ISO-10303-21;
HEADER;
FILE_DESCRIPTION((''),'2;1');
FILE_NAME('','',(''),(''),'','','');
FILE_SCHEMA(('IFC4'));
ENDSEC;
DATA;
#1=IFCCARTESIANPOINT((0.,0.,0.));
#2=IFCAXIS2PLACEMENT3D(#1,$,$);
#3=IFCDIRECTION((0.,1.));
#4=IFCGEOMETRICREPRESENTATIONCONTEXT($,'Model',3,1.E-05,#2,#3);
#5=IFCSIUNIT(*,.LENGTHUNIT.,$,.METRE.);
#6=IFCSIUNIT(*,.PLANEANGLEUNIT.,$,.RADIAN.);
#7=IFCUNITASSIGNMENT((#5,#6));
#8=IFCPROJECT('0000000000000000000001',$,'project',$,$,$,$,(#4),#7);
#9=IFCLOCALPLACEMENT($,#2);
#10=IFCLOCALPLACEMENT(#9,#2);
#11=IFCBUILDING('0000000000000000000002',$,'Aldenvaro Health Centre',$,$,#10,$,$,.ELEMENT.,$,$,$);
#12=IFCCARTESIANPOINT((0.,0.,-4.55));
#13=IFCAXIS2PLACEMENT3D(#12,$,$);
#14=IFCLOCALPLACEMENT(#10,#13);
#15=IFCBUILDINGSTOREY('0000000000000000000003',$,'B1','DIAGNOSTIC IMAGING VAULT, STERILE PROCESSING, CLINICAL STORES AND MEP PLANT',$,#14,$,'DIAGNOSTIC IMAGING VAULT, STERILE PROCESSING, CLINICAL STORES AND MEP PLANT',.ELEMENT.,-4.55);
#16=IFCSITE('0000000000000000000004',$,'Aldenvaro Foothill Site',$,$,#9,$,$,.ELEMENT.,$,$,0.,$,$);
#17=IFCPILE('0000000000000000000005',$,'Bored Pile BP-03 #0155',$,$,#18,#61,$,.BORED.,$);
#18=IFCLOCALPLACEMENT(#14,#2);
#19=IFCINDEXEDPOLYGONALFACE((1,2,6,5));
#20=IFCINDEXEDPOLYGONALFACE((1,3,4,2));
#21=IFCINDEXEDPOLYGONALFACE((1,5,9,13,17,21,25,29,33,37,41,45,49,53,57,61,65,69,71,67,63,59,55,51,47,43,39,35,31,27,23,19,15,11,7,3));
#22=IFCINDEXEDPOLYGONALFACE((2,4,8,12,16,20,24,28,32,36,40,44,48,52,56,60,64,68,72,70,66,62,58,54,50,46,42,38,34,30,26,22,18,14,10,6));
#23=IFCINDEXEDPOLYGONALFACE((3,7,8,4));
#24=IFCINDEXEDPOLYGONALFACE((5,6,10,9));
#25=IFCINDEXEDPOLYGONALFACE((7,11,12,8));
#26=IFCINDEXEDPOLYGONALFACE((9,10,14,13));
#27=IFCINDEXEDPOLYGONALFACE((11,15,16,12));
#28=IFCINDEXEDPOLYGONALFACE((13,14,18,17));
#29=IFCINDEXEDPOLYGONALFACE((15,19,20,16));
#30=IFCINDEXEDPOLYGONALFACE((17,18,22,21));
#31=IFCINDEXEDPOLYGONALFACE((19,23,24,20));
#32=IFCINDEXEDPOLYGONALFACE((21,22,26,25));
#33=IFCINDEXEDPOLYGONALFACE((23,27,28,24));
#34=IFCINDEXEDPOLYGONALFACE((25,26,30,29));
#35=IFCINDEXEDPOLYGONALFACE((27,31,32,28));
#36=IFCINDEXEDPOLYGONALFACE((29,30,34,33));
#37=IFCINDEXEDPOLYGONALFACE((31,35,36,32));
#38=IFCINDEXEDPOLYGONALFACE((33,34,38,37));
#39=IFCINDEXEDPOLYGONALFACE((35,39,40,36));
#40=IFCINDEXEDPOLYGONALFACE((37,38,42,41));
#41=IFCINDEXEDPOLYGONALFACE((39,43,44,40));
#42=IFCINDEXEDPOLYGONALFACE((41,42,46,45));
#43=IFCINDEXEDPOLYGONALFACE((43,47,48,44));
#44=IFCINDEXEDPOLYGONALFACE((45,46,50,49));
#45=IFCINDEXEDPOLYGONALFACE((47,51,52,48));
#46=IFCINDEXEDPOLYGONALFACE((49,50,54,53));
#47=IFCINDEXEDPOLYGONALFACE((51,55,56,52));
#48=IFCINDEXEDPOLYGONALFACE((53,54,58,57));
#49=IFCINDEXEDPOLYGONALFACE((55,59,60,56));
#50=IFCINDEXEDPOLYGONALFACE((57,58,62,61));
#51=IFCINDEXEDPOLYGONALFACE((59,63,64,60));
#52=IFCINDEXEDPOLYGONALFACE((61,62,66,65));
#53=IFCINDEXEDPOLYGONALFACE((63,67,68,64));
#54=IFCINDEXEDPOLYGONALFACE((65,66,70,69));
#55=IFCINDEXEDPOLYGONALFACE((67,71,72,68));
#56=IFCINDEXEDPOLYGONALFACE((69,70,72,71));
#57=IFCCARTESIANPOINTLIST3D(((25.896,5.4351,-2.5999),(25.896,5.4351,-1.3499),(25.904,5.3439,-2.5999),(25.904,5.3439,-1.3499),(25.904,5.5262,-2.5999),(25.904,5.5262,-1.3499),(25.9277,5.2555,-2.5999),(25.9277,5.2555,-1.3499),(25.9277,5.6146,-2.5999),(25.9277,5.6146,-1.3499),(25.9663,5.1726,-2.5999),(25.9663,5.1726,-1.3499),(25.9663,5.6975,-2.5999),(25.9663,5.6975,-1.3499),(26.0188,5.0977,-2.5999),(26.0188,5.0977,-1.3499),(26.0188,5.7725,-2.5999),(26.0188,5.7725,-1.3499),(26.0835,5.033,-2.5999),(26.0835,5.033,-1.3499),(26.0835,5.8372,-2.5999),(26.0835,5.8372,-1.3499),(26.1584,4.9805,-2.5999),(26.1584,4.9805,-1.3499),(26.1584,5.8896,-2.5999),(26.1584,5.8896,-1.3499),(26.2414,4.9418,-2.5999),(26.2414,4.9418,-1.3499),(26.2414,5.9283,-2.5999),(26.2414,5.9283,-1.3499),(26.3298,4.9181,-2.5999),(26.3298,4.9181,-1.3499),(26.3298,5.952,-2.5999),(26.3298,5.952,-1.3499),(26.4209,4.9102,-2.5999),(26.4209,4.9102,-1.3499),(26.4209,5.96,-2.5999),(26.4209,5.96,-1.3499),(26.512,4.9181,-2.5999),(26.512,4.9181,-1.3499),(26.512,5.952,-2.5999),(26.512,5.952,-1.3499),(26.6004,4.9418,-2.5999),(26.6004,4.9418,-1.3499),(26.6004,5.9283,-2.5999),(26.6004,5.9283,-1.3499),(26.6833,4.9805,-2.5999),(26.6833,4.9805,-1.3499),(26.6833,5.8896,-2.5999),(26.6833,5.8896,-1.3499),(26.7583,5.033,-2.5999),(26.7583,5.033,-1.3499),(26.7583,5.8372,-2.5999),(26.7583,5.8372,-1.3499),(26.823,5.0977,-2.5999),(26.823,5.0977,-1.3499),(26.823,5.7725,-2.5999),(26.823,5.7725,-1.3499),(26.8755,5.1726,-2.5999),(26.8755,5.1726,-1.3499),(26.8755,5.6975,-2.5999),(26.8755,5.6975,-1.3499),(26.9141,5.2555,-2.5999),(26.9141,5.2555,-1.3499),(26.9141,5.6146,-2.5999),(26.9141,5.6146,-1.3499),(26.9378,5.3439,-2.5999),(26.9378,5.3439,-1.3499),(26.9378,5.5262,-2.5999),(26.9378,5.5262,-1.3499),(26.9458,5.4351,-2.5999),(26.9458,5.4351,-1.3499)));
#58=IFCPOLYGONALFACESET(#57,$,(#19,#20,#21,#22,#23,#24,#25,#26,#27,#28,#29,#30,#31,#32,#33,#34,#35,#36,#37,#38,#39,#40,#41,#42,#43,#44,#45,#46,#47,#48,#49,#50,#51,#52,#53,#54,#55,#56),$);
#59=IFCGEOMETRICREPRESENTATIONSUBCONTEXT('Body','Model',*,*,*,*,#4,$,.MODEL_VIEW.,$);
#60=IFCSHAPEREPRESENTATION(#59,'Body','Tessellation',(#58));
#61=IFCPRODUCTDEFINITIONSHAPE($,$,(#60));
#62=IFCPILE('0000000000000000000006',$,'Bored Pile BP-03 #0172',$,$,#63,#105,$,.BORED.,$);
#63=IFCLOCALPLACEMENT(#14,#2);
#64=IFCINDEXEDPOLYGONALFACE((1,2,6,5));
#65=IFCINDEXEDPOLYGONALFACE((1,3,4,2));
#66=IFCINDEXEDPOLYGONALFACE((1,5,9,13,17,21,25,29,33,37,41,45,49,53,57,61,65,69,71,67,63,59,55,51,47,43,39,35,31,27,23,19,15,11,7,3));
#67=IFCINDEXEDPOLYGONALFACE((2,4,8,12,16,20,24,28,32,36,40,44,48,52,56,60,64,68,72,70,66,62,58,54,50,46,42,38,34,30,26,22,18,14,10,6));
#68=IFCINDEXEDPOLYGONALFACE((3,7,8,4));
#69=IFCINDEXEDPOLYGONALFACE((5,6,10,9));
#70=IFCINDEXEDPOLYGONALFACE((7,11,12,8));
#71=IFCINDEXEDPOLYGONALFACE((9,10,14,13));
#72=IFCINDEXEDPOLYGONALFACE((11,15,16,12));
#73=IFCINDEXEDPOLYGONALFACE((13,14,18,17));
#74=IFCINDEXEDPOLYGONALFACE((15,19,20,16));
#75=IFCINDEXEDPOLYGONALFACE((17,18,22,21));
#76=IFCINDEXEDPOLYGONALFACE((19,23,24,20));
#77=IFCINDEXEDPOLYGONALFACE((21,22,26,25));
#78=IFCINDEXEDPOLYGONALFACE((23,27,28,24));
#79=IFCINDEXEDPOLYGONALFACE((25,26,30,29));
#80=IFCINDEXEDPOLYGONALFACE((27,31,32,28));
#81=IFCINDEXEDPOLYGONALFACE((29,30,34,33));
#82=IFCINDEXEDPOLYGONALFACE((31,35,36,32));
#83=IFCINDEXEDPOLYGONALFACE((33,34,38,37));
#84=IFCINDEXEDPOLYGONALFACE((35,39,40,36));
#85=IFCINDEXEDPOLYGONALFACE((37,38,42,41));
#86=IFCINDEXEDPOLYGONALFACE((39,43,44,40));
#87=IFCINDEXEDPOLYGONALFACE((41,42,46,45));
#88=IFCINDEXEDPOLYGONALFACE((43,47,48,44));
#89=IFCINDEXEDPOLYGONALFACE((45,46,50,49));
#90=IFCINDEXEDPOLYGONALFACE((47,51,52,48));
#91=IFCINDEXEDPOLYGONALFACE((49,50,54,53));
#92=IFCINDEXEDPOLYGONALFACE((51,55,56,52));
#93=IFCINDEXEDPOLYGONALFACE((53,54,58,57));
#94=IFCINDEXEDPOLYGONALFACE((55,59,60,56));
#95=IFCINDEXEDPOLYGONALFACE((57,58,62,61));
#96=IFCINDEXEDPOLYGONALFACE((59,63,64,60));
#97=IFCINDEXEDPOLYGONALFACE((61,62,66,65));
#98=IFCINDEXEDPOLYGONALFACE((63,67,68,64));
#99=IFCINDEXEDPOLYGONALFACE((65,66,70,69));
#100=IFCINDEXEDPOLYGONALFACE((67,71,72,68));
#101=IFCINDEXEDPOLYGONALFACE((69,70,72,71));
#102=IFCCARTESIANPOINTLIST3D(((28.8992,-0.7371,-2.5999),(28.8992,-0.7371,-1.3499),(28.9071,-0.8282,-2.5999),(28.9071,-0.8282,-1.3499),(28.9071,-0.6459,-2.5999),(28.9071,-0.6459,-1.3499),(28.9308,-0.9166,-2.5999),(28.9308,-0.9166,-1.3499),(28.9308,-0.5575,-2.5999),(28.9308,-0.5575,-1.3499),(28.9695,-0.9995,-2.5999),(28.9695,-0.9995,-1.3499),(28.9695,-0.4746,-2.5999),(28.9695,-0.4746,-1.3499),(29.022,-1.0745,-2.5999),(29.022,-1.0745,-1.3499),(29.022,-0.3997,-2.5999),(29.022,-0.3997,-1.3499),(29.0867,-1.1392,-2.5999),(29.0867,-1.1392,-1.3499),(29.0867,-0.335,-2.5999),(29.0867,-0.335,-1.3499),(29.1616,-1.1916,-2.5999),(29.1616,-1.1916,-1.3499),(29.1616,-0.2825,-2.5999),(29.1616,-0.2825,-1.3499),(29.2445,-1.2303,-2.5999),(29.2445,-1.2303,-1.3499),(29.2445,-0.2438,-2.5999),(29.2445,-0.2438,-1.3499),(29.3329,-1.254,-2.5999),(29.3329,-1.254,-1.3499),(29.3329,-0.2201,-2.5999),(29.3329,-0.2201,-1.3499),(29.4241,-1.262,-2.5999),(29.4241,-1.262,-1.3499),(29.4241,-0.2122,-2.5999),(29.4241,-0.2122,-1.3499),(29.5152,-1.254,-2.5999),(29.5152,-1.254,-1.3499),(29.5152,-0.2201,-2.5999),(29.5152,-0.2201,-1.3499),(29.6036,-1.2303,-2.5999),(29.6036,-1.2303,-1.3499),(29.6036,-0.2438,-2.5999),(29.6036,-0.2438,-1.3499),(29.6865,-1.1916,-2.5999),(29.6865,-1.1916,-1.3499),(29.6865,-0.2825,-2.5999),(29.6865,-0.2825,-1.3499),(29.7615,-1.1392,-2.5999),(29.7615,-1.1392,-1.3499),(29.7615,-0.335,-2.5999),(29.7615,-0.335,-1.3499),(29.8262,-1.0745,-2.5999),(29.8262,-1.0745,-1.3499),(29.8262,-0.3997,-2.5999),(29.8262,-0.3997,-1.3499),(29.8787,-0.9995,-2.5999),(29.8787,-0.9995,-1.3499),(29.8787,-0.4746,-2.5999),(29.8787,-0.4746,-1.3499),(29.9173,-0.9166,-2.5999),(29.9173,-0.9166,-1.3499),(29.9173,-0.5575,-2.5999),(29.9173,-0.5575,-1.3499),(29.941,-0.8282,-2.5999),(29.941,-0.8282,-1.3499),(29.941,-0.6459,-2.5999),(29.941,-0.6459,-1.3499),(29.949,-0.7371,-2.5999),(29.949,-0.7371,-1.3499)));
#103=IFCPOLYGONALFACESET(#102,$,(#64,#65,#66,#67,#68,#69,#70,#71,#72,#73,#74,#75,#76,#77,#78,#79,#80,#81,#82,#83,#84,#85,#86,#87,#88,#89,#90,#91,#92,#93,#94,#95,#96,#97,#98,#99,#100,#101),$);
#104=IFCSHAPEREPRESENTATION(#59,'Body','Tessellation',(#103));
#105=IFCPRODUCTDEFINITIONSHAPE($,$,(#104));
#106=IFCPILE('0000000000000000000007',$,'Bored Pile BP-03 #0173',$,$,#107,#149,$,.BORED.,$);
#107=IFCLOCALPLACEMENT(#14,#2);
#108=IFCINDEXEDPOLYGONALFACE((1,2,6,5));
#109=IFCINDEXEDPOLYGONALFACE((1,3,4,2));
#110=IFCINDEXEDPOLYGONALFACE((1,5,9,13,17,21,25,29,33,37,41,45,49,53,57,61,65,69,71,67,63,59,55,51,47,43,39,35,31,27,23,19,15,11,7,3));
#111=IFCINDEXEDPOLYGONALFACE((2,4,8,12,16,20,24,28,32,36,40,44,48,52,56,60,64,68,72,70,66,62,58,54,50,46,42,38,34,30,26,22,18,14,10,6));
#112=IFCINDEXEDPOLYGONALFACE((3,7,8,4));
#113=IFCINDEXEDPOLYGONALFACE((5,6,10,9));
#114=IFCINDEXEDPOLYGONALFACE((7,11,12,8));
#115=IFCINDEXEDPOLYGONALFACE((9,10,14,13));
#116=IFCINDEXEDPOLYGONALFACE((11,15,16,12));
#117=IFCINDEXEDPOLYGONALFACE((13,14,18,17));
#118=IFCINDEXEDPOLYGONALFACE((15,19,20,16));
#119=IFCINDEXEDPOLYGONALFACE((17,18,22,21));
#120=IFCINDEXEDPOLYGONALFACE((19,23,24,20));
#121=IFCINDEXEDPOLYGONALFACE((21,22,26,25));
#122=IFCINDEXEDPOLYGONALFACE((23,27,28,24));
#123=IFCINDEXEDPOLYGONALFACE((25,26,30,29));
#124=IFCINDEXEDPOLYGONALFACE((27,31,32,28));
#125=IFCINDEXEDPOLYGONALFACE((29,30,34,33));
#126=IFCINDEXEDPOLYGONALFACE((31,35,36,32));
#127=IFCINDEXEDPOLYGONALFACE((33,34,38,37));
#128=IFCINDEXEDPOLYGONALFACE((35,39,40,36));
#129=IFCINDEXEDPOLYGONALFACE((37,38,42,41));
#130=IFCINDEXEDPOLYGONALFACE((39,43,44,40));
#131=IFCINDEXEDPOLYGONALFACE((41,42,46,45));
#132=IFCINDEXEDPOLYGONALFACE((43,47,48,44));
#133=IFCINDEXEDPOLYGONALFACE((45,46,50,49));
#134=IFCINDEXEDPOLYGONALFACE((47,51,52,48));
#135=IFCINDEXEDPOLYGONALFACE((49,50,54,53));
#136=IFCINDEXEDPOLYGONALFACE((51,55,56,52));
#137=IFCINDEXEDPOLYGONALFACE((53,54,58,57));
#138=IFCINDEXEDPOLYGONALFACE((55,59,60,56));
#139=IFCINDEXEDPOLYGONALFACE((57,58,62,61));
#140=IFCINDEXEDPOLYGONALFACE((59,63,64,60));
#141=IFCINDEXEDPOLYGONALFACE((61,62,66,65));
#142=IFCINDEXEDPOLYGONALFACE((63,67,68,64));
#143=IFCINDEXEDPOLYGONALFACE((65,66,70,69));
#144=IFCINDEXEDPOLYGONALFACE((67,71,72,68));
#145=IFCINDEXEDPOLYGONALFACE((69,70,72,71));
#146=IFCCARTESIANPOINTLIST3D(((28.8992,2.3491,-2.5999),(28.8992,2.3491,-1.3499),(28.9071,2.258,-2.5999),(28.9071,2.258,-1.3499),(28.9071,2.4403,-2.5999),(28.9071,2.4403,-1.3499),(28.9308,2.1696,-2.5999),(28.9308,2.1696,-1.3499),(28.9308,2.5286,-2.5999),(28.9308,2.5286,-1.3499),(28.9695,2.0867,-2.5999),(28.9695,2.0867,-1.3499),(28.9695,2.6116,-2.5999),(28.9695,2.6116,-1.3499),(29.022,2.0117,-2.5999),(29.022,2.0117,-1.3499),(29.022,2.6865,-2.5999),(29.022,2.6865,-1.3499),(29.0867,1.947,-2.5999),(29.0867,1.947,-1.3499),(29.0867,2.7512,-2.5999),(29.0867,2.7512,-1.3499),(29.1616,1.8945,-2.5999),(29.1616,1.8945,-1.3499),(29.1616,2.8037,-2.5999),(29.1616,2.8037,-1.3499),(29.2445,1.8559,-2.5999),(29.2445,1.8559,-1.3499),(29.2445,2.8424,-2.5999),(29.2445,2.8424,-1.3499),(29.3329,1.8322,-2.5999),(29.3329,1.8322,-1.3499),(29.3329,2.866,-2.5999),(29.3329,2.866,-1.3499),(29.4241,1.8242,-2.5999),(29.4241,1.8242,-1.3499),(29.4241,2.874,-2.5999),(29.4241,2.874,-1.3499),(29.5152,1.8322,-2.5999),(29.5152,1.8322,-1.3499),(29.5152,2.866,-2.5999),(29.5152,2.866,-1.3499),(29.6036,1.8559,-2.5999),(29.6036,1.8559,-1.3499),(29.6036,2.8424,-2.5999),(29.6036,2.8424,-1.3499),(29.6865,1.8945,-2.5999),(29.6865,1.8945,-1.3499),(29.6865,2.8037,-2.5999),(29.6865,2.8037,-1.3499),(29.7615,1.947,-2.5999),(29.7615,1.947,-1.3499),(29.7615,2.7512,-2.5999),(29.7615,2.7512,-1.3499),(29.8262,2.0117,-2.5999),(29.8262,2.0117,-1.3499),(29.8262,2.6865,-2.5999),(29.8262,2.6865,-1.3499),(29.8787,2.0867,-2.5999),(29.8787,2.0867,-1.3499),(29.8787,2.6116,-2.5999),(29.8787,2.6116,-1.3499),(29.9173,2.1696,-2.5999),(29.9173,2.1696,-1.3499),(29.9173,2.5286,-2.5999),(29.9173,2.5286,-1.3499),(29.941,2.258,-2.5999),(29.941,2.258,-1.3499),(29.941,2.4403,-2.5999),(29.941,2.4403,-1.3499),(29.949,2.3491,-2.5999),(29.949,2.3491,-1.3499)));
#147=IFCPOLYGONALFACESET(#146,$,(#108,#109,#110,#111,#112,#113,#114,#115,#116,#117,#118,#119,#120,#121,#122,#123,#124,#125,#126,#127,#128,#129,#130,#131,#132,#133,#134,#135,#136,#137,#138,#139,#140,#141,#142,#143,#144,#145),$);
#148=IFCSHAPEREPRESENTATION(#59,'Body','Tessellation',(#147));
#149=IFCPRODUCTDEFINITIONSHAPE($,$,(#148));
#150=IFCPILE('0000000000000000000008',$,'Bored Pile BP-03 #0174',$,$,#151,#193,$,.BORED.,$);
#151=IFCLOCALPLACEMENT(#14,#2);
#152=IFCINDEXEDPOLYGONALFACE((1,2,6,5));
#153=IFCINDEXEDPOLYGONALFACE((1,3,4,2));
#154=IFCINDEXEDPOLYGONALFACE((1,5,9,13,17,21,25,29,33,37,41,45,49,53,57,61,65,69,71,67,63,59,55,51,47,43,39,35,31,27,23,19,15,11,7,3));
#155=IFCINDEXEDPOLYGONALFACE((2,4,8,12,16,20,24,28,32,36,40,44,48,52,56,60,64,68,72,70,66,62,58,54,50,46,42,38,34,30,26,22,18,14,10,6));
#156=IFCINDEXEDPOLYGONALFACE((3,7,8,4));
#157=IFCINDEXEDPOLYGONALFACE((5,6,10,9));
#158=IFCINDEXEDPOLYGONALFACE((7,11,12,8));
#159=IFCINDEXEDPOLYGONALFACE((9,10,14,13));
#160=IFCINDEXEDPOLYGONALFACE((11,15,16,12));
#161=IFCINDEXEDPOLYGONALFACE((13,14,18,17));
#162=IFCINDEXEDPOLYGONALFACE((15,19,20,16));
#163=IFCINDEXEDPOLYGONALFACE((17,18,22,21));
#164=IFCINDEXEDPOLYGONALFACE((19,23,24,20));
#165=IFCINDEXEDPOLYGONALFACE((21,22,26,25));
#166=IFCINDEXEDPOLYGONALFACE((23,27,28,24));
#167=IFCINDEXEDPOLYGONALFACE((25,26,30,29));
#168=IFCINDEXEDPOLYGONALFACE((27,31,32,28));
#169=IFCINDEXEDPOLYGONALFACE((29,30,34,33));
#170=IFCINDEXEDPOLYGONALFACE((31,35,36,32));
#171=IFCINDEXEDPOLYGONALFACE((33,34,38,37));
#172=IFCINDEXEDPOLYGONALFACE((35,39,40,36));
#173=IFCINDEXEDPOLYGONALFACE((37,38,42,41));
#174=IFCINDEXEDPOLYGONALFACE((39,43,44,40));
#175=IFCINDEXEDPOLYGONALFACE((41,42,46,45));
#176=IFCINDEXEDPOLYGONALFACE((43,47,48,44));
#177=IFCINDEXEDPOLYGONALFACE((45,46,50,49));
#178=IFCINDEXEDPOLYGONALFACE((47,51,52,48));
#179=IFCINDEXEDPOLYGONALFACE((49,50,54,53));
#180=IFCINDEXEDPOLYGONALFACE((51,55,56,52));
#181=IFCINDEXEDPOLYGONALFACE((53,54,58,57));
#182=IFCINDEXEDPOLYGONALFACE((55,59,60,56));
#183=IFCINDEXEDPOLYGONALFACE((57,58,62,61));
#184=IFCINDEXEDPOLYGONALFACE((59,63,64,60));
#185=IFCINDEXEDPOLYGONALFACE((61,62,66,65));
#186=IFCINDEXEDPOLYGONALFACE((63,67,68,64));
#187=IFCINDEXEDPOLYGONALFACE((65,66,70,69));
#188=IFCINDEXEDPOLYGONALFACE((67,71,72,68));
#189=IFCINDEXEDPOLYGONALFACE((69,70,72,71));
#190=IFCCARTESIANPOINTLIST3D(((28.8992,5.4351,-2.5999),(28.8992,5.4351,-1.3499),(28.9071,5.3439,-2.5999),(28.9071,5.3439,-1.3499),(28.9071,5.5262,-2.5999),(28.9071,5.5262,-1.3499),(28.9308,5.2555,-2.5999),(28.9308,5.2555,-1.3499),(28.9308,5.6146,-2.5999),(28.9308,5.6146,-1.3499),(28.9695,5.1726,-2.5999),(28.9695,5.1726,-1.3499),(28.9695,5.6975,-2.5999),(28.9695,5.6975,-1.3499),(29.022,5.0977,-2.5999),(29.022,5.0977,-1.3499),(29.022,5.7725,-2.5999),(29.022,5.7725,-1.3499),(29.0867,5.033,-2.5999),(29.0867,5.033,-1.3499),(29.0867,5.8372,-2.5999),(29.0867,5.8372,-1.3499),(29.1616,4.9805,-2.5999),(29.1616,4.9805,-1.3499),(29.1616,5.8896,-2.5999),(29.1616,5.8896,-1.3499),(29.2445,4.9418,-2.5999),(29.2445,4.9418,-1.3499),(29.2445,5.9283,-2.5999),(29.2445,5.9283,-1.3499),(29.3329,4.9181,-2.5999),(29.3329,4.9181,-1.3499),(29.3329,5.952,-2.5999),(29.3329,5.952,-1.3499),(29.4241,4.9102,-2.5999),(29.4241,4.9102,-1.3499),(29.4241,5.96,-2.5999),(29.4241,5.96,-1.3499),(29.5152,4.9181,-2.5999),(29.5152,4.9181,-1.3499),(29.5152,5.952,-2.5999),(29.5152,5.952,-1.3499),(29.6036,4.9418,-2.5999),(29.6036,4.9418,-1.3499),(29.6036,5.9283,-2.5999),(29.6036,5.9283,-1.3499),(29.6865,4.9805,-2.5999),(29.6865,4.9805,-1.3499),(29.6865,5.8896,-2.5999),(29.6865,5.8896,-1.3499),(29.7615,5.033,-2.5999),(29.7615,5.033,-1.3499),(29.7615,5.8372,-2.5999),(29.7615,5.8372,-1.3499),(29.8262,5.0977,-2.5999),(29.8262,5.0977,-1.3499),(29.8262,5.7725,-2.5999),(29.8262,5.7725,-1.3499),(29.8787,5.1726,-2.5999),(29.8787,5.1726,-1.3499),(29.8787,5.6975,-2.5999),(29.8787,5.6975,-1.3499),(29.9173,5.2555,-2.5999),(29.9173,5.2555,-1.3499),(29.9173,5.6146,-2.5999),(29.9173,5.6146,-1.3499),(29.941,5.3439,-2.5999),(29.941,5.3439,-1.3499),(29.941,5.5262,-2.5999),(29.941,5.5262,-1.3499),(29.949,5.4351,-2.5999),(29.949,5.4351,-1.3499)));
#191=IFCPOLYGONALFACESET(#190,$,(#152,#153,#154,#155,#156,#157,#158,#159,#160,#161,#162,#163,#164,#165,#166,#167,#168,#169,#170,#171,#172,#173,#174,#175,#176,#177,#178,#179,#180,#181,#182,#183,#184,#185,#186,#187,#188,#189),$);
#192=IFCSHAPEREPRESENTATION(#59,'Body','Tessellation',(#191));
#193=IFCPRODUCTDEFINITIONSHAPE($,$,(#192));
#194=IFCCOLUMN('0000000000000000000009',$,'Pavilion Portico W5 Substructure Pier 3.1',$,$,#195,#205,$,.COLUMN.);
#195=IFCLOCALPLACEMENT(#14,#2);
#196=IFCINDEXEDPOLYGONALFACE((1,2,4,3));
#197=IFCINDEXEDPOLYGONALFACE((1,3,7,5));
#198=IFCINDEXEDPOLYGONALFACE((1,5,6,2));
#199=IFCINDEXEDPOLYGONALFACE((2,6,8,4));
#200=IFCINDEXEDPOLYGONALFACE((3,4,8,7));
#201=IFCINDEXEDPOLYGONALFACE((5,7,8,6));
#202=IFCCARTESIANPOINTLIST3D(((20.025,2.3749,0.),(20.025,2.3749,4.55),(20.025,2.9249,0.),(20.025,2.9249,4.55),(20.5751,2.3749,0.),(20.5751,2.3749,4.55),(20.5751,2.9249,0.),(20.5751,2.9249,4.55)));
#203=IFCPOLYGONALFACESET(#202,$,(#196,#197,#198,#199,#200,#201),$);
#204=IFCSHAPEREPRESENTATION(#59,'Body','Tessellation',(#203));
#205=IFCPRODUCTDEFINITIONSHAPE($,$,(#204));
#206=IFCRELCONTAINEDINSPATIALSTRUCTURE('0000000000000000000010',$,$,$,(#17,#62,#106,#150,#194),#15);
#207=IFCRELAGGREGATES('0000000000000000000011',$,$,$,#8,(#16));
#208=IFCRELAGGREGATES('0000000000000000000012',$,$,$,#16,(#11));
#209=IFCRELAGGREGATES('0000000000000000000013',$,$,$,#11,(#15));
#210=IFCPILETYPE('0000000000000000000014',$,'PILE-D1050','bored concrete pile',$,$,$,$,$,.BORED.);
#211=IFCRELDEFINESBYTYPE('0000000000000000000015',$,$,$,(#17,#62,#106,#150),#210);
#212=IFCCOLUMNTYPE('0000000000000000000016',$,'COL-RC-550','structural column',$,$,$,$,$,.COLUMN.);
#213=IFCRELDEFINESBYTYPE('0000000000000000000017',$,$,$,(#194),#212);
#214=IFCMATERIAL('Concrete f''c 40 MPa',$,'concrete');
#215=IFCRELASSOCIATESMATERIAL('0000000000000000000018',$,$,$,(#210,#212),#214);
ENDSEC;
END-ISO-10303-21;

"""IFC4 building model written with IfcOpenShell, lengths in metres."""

from ifc_helpers import new_model, si_unit, direction, frame, origin, origin_2d, place, context, subcontext, project, spatial, rectangle, circle, extrude, material, material_profile, profile_set, type_object, element, save


model = new_model("IFC4")

# Units and contexts
model_context = context("Model", 3, precision=1e-05, world=origin(), true_north=direction((0.0, 1.0)))
body_context = subcontext(model_context, "Body", "Model", "MODEL_VIEW")
ifc_project = project(units=[si_unit("LENGTHUNIT", "METRE"), si_unit("PLANEANGLEUNIT", "RADIAN")], contexts=[model_context])

# Site, building, storey
site_placement = place(None, origin())
site = spatial("IfcSite", under=ifc_project, at=site_placement, Name="Aldenvaro Foothill Site", CompositionType="ELEMENT", RefElevation=0.0)
building_placement = place(site_placement, origin())
building = spatial("IfcBuilding", under=site, at=building_placement, Name="Aldenvaro Health Centre", CompositionType="ELEMENT")
storey_placement = place(building_placement, frame((0.0, 0.0, -4.55)))
storey = spatial("IfcBuildingStorey", under=building, at=storey_placement, Name="B1", Description="DIAGNOSTIC IMAGING VAULT, STERILE PROCESSING, CLINICAL STORES AND MEP PLANT", LongName="DIAGNOSTIC IMAGING VAULT, STERILE PROCESSING, CLINICAL STORES AND MEP PLANT", CompositionType="ELEMENT", Elevation=-4.55)

# Piles
ifc_material_1 = material(Name="Concrete f'c 40 MPa", Category="concrete")
ifc_material_profile_1 = material_profile(ifc_material_1, circle(Radius=0.5249, at=origin_2d()), Name="PILE D1050", Category="concrete")
ifc_profile_set_1 = profile_set([ifc_material_profile_1], Name="Concrete f'c 40 MPa")
pile_type = type_object("IfcPileType", Name="PILE-D1050", Description="bored concrete pile", PredefinedType="BORED", material=ifc_profile_set_1)
for number, where, z_axis, x_axis, name in (
    (1, (26.4209, 5.4351, -1.3499), (0.0, 0.0, -1.0), (1.0, 0.0, 0.0), "Bored Pile BP-03 #0155"),
    (2, (29.4241, -0.7371, -1.3499), (0.0, 0.0, -1.0), (1.0, 0.0, 0.0), "Bored Pile BP-03 #0172"),
    (3, (29.4241, 2.3491, -1.3499), (0.0, 0.0, -1.0), (1.0, 0.0, 0.0), "Bored Pile BP-03 #0173"),
    (4, (29.4241, 5.4351, -1.3499), (0.0, 0.0, -1.0), (1.0, 0.0, 0.0), "Bored Pile BP-03 #0174"),
):
    element("IfcPile", number, at=place(storey_placement, frame(where, z_axis=z_axis, x_axis=x_axis)), inside=storey, type_object=pile_type, Name=name, PredefinedType="BORED", context=body_context, shape_type="SweptSolid", body=[
        extrude(circle(Radius=0.5249, at=origin_2d()), origin(), (0.0, 0.0, 1.0), 1.25),
    ])

# Column
ifc_material_profile_2 = material_profile(ifc_material_1, rectangle(XDim=0.55, YDim=0.55, at=origin_2d()), Name="RC 550x550", Category="concrete")
ifc_profile_set_2 = profile_set([ifc_material_profile_2], Name="Concrete f'c 40 MPa")
column_type_1 = type_object("IfcColumnType", Name="COL-RC-550", Description="structural column", PredefinedType="COLUMN", material=ifc_profile_set_2)
for number, where, z_axis, x_axis, name in (
    (5, (20.3, 2.6499, 0.0), (0.0, 0.0, 1.0), (1.0, 0.0, 0.0), "Pavilion Portico W5 Substructure Pier 3.1"),
):
    element("IfcColumn", number, at=place(storey_placement, frame(where, z_axis=z_axis, x_axis=x_axis)), inside=storey, type_object=column_type_1, Name=name, PredefinedType="COLUMN", context=body_context, shape_type="SweptSolid", body=[
        extrude(rectangle(XDim=0.55, YDim=0.55, at=origin_2d()), origin(), (0.0, 0.0, 1.0), 4.55),
    ])

save(model, "model.ifc")
